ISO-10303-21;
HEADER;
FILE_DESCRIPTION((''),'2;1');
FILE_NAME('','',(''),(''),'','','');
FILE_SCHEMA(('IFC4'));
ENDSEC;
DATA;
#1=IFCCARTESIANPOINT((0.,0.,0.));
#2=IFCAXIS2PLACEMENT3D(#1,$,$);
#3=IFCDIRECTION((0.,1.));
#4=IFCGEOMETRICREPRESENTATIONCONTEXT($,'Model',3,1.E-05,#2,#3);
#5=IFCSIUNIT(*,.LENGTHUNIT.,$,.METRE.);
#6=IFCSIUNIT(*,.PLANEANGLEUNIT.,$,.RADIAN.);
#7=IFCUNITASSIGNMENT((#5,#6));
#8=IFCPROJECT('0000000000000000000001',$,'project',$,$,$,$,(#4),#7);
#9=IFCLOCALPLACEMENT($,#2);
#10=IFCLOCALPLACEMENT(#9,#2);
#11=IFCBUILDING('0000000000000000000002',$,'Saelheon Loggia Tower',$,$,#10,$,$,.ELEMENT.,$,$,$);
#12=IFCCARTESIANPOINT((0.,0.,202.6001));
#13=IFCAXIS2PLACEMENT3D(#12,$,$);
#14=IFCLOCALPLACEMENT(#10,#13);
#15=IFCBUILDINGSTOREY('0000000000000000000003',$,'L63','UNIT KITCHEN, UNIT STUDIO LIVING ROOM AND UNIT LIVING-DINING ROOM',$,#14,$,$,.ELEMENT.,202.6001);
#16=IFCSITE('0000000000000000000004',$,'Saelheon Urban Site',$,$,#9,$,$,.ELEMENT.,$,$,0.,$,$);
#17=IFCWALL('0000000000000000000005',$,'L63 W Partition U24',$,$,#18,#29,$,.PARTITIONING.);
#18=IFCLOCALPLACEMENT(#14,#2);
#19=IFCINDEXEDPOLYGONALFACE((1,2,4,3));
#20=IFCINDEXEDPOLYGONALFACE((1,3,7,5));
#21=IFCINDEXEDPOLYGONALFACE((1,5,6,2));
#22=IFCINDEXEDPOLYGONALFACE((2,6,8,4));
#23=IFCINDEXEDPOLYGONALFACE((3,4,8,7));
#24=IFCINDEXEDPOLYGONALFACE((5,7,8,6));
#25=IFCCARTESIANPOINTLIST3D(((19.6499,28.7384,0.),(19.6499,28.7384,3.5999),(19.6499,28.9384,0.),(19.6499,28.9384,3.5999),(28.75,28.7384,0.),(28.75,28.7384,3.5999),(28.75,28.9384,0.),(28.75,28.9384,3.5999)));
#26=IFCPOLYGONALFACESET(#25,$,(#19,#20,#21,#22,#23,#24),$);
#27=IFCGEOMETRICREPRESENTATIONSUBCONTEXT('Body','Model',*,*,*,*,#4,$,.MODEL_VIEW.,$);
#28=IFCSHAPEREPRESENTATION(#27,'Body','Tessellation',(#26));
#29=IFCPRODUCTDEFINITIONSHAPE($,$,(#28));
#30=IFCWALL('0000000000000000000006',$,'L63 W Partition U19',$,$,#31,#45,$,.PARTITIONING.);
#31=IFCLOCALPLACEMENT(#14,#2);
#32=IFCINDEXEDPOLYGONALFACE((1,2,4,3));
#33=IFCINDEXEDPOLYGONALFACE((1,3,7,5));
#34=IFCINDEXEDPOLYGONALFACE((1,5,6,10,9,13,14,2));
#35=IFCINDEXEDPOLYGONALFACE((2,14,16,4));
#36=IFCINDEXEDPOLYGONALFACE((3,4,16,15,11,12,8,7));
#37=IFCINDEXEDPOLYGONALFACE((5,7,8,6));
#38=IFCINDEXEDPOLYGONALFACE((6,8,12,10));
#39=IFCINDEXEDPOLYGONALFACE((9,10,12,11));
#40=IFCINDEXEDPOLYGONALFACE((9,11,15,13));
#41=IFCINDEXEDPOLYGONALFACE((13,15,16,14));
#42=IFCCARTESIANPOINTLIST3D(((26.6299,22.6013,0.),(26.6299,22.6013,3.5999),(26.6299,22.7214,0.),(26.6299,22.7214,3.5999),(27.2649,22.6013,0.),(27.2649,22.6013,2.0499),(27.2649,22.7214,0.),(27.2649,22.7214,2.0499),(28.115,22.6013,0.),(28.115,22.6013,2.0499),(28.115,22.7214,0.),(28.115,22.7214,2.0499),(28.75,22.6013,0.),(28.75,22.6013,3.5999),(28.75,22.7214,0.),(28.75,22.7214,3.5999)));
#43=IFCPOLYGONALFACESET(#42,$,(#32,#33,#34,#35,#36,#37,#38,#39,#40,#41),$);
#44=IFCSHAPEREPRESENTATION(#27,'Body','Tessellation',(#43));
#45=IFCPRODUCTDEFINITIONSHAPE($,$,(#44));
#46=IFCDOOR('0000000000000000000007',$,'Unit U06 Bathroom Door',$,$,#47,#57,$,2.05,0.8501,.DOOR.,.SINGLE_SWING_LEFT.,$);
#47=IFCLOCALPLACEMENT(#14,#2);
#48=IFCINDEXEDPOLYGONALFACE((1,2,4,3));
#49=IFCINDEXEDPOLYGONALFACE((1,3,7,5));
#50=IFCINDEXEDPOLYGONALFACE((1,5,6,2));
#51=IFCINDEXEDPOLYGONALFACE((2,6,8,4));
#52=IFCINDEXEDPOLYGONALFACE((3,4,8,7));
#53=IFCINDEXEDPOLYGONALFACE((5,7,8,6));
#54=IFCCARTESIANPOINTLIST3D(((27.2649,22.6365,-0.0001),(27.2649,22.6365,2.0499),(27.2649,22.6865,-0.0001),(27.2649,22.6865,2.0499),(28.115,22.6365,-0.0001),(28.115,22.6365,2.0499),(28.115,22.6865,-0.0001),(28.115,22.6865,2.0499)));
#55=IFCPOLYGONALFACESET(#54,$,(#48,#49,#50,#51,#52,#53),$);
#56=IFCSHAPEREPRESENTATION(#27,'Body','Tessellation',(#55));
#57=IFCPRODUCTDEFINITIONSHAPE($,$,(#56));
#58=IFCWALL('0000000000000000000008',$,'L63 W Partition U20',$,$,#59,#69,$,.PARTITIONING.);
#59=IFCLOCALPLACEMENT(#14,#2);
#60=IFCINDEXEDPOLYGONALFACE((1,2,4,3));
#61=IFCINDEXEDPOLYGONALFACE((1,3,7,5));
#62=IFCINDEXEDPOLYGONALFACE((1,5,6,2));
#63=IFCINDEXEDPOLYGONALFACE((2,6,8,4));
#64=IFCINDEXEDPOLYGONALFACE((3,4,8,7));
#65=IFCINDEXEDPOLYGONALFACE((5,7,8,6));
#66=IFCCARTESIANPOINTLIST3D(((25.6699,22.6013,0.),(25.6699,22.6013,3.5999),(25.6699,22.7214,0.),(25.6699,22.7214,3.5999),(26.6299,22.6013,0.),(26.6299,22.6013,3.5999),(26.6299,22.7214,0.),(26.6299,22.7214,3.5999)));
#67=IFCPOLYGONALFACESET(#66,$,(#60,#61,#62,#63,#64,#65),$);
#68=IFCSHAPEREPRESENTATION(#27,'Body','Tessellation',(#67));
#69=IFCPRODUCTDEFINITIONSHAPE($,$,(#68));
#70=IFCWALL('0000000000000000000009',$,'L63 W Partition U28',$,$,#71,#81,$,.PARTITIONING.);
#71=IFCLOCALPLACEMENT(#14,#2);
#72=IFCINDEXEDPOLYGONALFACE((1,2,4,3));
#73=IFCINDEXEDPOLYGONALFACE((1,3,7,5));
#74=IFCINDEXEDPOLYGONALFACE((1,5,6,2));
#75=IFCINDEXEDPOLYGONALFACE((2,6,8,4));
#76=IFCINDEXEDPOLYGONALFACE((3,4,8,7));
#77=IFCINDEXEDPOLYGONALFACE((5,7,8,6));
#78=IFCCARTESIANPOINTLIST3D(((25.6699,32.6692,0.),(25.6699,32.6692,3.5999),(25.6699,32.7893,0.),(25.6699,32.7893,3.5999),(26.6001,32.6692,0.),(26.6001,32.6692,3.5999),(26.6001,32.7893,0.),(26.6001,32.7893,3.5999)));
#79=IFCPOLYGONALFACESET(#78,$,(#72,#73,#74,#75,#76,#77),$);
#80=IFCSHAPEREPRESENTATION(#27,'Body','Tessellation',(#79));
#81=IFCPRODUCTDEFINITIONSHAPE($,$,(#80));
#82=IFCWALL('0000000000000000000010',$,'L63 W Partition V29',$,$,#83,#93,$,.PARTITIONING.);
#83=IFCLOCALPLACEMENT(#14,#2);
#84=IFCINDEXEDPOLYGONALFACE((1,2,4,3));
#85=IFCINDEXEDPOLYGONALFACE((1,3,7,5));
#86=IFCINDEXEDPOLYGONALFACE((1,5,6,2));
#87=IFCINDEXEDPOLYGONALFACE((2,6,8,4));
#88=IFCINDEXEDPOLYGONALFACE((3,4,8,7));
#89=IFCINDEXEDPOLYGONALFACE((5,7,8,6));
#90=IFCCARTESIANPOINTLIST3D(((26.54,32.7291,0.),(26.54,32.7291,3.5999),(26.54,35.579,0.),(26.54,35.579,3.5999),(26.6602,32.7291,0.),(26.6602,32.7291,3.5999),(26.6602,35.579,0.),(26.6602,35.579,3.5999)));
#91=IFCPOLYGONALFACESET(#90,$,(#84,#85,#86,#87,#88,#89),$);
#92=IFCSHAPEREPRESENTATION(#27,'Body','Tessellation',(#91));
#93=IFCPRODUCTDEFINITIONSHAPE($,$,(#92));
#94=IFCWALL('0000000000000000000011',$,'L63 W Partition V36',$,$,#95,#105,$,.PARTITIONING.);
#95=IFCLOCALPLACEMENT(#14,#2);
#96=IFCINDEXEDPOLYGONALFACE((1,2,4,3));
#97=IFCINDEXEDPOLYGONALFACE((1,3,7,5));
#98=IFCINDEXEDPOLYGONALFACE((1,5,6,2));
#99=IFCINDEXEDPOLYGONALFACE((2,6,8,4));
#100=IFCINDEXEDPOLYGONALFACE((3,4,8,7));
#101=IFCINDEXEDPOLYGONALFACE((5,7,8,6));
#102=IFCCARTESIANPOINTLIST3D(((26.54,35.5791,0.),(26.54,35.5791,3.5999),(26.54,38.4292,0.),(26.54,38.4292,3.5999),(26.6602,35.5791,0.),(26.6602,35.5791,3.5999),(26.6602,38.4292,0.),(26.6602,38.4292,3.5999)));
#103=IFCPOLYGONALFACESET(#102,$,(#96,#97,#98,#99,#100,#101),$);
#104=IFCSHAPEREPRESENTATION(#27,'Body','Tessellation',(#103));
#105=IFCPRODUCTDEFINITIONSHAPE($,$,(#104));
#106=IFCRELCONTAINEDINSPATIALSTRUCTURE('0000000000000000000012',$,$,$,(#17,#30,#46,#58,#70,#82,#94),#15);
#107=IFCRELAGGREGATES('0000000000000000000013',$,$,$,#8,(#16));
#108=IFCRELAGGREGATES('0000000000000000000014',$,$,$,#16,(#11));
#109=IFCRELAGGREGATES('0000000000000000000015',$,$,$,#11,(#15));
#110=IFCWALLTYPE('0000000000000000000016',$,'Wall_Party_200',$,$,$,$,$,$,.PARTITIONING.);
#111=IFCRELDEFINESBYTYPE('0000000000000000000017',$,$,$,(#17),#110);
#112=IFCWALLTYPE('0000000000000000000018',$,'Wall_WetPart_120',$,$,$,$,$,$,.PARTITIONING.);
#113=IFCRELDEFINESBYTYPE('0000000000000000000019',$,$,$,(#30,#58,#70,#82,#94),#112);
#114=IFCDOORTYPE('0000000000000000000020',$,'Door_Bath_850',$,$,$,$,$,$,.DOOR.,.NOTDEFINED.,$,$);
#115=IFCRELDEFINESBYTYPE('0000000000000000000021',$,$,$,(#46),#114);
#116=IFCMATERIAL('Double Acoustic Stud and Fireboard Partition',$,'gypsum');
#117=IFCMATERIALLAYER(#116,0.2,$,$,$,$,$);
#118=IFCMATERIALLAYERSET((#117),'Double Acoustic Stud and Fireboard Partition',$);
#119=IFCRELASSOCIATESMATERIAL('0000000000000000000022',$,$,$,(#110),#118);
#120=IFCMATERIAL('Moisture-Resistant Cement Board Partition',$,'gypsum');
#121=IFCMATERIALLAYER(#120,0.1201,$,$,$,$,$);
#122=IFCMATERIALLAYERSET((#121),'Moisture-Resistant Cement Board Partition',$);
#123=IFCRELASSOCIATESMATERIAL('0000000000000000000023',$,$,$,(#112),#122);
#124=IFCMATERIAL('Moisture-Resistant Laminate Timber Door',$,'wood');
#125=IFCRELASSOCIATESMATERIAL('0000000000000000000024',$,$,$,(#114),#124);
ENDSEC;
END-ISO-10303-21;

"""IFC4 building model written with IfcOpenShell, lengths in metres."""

from ifc_helpers import new_model, si_unit, direction, frame, frame_2d, origin, place, context, subcontext, project, spatial, rectangle, extrude, source, transform, mapped, material, layer, layer_set, type_object, element, fill, save


model = new_model("IFC4")

# Units and contexts
model_context = context("Model", 3, precision=1e-05, world=origin(), true_north=direction((0.0, 1.0)))
body_context = subcontext(model_context, "Body", "Model", "MODEL_VIEW")
ifc_project = project(units=[si_unit("LENGTHUNIT", "METRE"), si_unit("PLANEANGLEUNIT", "RADIAN")], contexts=[model_context])

# Site, building, storey
site_placement = place(None, origin())
site = spatial("IfcSite", under=ifc_project, at=site_placement, Name="Saelheon Urban Site", CompositionType="ELEMENT", RefElevation=0.0)
building_placement = place(site_placement, origin())
building = spatial("IfcBuilding", under=site, at=building_placement, Name="Saelheon Loggia Tower", CompositionType="ELEMENT")
storey_placement = place(building_placement, frame((0.0, 0.0, 202.6001)))
storey = spatial("IfcBuildingStorey", under=building, at=storey_placement, Name="L63", Description="UNIT KITCHEN, UNIT STUDIO LIVING ROOM AND UNIT LIVING-DINING ROOM", CompositionType="ELEMENT", Elevation=202.6001)

# Shared definitions
ifc_material_1 = material(Name="Double Acoustic Stud and Fireboard Partition", Category="gypsum")
ifc_layer_1 = layer(ifc_material_1, 0.2)
ifc_layer_set_1 = layer_set([ifc_layer_1], Name="Double Acoustic Stud and Fireboard Partition")
wall_type_1 = type_object("IfcWallType", Name="Wall_Party_200", PredefinedType="PARTITIONING", material=ifc_layer_set_1)

# Wall
wall_1_placement = place(storey_placement, frame((28.75, 28.8384, 0.0), z_axis=(0.0, 0.0, 1.0), x_axis=(-1.0, 0.0, 0.0)))
element("IfcWall", 1, at=wall_1_placement, inside=storey, type_object=wall_type_1, Name="L63 W Partition U24", PredefinedType="PARTITIONING", context=body_context, shape_type="SweptSolid", body=[
    extrude(rectangle(XDim=9.1001, YDim=0.2, at=frame_2d((4.55, 0.0))), origin(), (0.0, 0.0, 1.0), 3.5999),
])

# Wall, opening, door
ifc_material_2 = material(Name="Moisture-Resistant Cement Board Partition", Category="gypsum")
ifc_layer_2 = layer(ifc_material_2, 0.1201)
ifc_layer_set_2 = layer_set([ifc_layer_2], Name="Moisture-Resistant Cement Board Partition")
wall_type_2 = type_object("IfcWallType", Name="Wall_WetPart_120", PredefinedType="PARTITIONING", material=ifc_layer_set_2)
wall_2_placement = place(storey_placement, frame((28.75, 22.6614, 0.0), z_axis=(0.0, 0.0, 1.0), x_axis=(-1.0, 0.0, 0.0)))
wall_2 = element("IfcWall", 2, at=wall_2_placement, inside=storey, type_object=wall_type_2, Name="L63 W Partition U19", PredefinedType="PARTITIONING", context=body_context, shape_type="SweptSolid", body=[
    extrude(rectangle(XDim=2.1201, YDim=0.1201, at=frame_2d((1.0601, 0.0))), origin(), (0.0, 0.0, 1.0), 3.5999),
])
opening_1_placement = place(wall_2_placement, frame((0.635, 0.0, 0.0)))
opening_1 = element("IfcOpeningElement", 3, at=opening_1_placement, cuts=wall_2, PredefinedType="OPENING", context=body_context, shape_type="SweptSolid", body=[
    extrude(rectangle(XDim=0.8501, YDim=2.05, at=frame_2d((0.425, 1.0249))), frame((0.0, 0.072, 0.0), z_axis=(0.0, -1.0, 0.0), x_axis=(1.0, 0.0, 0.0)), (0.0, 0.0, 1.0), 0.144),
])
ifc_material_3 = material(Name="Moisture-Resistant Laminate Timber Door", Category="wood")
door_type_1 = type_object("IfcDoorType", Name="Door_Bath_850", OperationType="NOTDEFINED", PredefinedType="DOOR", material=ifc_material_3)
shared_shape_1 = source(origin(), body_context, "Body", "SweptSolid", [
    extrude(rectangle(XDim=0.8501, YDim=2.05, at=frame_2d((0.425, 1.0249))), frame((0.0, 0.0249, 0.0), z_axis=(0.0, -1.0, 0.0), x_axis=(1.0, 0.0, 0.0)), (0.0, 0.0, 1.0), 0.05),
])
door_1_placement = place(opening_1_placement, origin())
door_1 = element("IfcDoor", 4, at=door_1_placement, inside=storey, type_object=door_type_1, Name="Unit U06 Bathroom Door", OperationType="SINGLE_SWING_LEFT", OverallHeight=2.05, OverallWidth=0.8501, PredefinedType="DOOR", context=body_context, shape_type="MappedRepresentation", body=[
    mapped(shared_shape_1, transform((0.0, 0.0, 0.0), scale=1.0)),
])
fill(opening_1, door_1)

# Walls
wall_3_placement = place(storey_placement, frame((26.6299, 22.6614, 0.0), z_axis=(0.0, 0.0, 1.0), x_axis=(-1.0, 0.0, 0.0)))
element("IfcWall", 5, at=wall_3_placement, inside=storey, type_object=wall_type_2, Name="L63 W Partition U20", PredefinedType="PARTITIONING", context=body_context, shape_type="SweptSolid", body=[
    extrude(rectangle(XDim=0.96, YDim=0.1201, at=frame_2d((0.48, 0.0))), origin(), (0.0, 0.0, 1.0), 3.5999),
])
wall_4_placement = place(storey_placement, frame((26.6001, 32.7292, 0.0), z_axis=(0.0, 0.0, 1.0), x_axis=(-1.0, 0.0, 0.0)))
element("IfcWall", 6, at=wall_4_placement, inside=storey, type_object=wall_type_2, Name="L63 W Partition U28", PredefinedType="PARTITIONING", context=body_context, shape_type="SweptSolid", body=[
    extrude(rectangle(XDim=0.9302, YDim=0.1201, at=frame_2d((0.4651, 0.0))), origin(), (0.0, 0.0, 1.0), 3.5999),
])
wall_5_placement = place(storey_placement, frame((26.6001, 32.7292, 0.0), z_axis=(0.0, 0.0, 1.0), x_axis=(0.0, 1.0, 0.0)))
element("IfcWall", 7, at=wall_5_placement, inside=storey, type_object=wall_type_2, Name="L63 W Partition V29", PredefinedType="PARTITIONING", context=body_context, shape_type="SweptSolid", body=[
    extrude(rectangle(XDim=2.8499, YDim=0.1201, at=frame_2d((1.4248, 0.0))), origin(), (0.0, 0.0, 1.0), 3.5999),
])
wall_6_placement = place(storey_placement, frame((26.6001, 35.5791, 0.0), z_axis=(0.0, 0.0, 1.0), x_axis=(0.0, 1.0, 0.0)))
element("IfcWall", 8, at=wall_6_placement, inside=storey, type_object=wall_type_2, Name="L63 W Partition V36", PredefinedType="PARTITIONING", context=body_context, shape_type="SweptSolid", body=[
    extrude(rectangle(XDim=2.8501, YDim=0.1201, at=frame_2d((1.425, 0.0))), origin(), (0.0, 0.0, 1.0), 3.5999),
])

save(model, "model.ifc")
